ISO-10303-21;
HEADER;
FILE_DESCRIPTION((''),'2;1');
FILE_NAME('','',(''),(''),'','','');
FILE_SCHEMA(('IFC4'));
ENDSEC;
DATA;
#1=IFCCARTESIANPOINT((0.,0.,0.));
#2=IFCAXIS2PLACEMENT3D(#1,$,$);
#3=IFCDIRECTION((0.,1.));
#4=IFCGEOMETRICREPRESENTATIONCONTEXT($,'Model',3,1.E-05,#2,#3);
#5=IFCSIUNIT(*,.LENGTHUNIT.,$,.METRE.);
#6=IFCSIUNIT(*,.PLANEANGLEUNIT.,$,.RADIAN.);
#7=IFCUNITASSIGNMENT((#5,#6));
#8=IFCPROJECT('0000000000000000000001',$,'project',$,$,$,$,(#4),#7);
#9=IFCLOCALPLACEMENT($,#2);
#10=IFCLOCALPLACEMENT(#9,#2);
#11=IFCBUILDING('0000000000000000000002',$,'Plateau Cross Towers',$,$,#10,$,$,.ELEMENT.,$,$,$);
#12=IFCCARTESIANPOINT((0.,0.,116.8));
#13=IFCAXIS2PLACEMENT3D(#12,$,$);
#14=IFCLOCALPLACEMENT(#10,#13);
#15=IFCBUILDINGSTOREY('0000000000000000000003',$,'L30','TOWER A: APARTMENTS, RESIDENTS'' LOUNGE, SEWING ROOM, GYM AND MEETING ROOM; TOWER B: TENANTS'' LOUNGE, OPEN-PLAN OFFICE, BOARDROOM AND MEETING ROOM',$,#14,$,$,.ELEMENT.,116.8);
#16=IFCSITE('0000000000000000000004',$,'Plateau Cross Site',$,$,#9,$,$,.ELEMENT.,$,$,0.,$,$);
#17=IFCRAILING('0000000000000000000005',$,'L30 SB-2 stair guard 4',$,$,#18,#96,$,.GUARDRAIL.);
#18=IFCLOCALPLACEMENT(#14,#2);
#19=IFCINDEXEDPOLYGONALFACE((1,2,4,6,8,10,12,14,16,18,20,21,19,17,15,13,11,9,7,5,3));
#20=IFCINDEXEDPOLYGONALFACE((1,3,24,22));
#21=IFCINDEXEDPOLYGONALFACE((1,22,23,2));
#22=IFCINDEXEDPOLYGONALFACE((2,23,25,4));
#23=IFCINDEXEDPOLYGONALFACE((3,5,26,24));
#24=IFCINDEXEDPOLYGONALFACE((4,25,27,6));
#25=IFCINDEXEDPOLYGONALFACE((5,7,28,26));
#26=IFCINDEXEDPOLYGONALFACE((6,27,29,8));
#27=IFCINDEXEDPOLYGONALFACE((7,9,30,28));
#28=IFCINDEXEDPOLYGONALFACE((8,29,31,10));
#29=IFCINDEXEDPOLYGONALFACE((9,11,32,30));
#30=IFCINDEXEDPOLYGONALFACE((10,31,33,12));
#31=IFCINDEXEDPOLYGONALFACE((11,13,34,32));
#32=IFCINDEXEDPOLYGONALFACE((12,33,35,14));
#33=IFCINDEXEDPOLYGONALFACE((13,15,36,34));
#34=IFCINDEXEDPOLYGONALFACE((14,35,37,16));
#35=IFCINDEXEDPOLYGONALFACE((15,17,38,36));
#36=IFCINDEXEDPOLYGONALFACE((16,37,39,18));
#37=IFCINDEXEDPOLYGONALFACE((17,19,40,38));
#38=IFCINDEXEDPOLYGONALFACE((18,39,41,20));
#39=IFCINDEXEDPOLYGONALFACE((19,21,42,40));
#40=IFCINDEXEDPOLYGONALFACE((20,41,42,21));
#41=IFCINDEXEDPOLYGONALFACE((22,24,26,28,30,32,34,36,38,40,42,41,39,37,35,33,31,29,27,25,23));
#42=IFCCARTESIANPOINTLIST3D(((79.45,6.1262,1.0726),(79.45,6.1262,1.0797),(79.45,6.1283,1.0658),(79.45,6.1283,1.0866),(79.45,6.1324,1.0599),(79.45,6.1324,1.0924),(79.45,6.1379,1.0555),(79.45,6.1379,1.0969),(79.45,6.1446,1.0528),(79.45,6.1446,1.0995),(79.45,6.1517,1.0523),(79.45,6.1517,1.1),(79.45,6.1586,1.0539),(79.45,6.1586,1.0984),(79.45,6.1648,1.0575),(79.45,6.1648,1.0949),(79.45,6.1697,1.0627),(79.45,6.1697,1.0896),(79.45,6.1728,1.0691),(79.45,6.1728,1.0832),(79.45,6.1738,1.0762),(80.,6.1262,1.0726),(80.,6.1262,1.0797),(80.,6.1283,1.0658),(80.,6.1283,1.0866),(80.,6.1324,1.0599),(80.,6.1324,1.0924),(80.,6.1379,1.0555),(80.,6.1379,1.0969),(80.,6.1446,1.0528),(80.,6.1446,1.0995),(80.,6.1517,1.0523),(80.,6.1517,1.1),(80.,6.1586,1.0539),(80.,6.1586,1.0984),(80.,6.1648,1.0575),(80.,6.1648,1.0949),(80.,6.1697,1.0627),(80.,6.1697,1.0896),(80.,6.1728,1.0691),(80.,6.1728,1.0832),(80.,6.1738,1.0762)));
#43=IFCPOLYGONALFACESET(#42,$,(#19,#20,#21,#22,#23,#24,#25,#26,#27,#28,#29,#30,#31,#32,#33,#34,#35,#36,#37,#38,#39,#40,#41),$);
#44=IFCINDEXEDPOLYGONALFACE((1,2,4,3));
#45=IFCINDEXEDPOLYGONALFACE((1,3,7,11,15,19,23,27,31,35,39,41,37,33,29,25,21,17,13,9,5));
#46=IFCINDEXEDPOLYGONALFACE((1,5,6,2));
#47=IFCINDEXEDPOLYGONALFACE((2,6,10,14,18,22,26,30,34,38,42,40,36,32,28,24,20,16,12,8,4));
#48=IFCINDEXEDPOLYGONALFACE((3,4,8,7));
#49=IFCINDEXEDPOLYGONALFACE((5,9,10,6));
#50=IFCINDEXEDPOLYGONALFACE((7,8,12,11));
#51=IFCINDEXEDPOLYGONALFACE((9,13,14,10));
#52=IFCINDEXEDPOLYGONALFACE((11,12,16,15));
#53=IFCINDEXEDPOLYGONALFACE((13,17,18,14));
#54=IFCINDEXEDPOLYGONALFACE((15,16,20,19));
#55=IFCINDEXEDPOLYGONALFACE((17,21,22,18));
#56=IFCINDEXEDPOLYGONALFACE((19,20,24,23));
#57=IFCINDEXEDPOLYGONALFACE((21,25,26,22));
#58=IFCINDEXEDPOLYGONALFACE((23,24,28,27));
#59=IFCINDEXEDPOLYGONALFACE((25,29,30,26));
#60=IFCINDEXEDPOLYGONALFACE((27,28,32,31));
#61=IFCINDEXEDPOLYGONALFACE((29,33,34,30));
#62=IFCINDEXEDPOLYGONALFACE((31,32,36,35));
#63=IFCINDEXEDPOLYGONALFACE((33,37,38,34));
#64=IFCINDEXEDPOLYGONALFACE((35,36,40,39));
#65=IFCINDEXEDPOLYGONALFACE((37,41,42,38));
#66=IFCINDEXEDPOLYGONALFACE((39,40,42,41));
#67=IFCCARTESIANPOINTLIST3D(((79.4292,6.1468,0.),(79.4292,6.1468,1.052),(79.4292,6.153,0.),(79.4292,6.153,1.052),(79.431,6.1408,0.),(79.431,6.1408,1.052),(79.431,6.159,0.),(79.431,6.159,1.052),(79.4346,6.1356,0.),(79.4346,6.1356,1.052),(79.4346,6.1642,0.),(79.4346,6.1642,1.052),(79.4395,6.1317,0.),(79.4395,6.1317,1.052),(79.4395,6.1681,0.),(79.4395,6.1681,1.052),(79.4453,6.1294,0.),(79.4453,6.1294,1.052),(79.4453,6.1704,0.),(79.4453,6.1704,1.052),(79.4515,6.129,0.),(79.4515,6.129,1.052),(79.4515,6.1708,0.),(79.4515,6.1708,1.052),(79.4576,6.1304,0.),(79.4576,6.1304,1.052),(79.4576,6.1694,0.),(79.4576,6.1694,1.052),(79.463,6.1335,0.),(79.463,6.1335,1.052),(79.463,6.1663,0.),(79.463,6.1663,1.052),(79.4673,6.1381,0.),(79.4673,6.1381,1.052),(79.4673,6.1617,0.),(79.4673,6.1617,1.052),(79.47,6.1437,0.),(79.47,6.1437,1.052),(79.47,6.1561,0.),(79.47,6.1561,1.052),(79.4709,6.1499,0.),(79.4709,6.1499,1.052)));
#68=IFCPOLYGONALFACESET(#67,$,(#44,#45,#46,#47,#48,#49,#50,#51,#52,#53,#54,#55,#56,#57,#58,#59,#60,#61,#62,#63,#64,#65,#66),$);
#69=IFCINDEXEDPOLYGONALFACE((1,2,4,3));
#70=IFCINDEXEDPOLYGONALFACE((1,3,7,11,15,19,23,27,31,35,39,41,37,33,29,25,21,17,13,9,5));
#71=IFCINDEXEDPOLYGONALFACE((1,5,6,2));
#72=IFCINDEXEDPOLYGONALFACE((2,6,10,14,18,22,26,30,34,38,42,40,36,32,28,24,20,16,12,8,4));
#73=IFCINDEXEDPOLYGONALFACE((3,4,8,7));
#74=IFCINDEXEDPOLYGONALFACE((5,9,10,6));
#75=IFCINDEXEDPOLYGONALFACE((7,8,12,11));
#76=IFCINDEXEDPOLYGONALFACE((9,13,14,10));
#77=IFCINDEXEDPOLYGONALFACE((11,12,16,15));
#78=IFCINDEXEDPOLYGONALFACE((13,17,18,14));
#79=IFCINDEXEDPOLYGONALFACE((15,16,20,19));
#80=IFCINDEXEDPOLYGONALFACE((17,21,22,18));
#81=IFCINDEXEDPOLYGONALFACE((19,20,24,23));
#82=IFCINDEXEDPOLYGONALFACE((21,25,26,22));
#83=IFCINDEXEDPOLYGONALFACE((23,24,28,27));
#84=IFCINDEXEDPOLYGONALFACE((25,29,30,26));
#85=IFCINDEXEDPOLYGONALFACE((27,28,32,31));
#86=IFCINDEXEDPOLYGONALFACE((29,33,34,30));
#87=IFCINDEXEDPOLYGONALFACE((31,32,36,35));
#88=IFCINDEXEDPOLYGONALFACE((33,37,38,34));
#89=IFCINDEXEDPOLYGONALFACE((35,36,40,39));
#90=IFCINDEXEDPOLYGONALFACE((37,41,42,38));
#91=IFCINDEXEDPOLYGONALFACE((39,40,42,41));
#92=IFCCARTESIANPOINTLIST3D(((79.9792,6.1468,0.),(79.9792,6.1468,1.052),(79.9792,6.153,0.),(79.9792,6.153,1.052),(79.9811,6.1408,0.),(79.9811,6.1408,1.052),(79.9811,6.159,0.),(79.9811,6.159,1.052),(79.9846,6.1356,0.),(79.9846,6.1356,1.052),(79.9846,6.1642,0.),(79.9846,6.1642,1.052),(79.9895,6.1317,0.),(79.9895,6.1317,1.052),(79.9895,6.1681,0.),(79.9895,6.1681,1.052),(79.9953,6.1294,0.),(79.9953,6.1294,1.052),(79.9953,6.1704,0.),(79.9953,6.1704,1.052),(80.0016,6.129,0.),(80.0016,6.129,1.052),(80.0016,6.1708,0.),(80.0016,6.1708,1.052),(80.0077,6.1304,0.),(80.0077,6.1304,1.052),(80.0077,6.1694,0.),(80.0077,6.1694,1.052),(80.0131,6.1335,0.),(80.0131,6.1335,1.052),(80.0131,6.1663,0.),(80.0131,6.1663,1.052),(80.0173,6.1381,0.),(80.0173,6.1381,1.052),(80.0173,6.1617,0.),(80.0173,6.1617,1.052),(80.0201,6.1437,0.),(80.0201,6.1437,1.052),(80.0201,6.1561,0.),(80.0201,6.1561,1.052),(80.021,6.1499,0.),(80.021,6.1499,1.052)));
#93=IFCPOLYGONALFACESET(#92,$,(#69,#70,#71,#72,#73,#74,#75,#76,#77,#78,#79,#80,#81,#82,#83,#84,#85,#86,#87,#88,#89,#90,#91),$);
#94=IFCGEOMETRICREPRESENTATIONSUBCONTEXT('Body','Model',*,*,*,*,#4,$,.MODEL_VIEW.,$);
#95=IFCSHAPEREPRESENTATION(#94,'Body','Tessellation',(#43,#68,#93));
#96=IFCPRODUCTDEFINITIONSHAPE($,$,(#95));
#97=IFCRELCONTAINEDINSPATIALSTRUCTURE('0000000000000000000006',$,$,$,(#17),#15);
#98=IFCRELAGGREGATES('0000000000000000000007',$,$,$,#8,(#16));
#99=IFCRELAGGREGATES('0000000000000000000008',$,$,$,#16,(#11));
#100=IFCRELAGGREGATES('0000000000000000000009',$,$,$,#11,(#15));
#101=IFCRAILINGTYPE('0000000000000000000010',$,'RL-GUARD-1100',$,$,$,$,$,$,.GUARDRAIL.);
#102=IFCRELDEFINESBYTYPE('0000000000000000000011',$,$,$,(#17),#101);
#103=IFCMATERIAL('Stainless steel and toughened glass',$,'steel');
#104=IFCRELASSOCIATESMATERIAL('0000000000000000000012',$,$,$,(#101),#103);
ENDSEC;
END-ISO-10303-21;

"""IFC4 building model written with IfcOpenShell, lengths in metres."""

from ifc_helpers import new_model, si_unit, direction, frame, origin, origin_2d, place, context, subcontext, project, spatial, circle, extrude, material, type_object, element, save


model = new_model("IFC4")

# Units and contexts
model_context = context("Model", 3, precision=1e-05, world=origin(), true_north=direction((0.0, 1.0)))
body_context = subcontext(model_context, "Body", "Model", "MODEL_VIEW")
ifc_project = project(units=[si_unit("LENGTHUNIT", "METRE"), si_unit("PLANEANGLEUNIT", "RADIAN")], contexts=[model_context])

# Site, building, storey
site_placement = place(None, origin())
site = spatial("IfcSite", under=ifc_project, at=site_placement, Name="Plateau Cross Site", CompositionType="ELEMENT", RefElevation=0.0)
building_placement = place(site_placement, origin())
building = spatial("IfcBuilding", under=site, at=building_placement, Name="Plateau Cross Towers", CompositionType="ELEMENT")
storey_placement = place(building_placement, frame((0.0, 0.0, 116.8)))
storey = spatial("IfcBuildingStorey", under=building, at=storey_placement, Name="L30", Description="TOWER A: APARTMENTS, RESIDENTS' LOUNGE, SEWING ROOM, GYM AND MEETING ROOM; TOWER B: TENANTS' LOUNGE, OPEN-PLAN OFFICE, BOARDROOM AND MEETING ROOM", CompositionType="ELEMENT", Elevation=116.8)

# Railing
ifc_material_1 = material(Name="Stainless steel and toughened glass", Category="steel")
railing_type_1 = type_object("IfcRailingType", Name="RL-GUARD-1100", PredefinedType="GUARDRAIL", material=ifc_material_1)
railing_1_placement = place(storey_placement, frame((79.45, 6.1499, 0.0)))
element("IfcRailing", 1, at=railing_1_placement, inside=storey, type_object=railing_type_1, Name="L30 SB-2 stair guard 4", PredefinedType="GUARDRAIL", context=body_context, shape_type="SweptSolid", body=[
    extrude(circle(Radius=0.0239, at=origin_2d()), frame((0.0, 0.0, 1.0762), z_axis=(1.0, 0.0, 0.0), x_axis=(0.0, 1.0, 0.0)), (0.0, 0.0, 1.0), 0.55),
    extrude(circle(Radius=0.021, at=origin_2d()), origin(), (0.0, 0.0, 1.0), 1.052),
    extrude(circle(Radius=0.021, at=origin_2d()), frame((0.55, 0.0, 0.0)), (0.0, 0.0, 1.0), 1.052),
])

save(model, "model.ifc")
